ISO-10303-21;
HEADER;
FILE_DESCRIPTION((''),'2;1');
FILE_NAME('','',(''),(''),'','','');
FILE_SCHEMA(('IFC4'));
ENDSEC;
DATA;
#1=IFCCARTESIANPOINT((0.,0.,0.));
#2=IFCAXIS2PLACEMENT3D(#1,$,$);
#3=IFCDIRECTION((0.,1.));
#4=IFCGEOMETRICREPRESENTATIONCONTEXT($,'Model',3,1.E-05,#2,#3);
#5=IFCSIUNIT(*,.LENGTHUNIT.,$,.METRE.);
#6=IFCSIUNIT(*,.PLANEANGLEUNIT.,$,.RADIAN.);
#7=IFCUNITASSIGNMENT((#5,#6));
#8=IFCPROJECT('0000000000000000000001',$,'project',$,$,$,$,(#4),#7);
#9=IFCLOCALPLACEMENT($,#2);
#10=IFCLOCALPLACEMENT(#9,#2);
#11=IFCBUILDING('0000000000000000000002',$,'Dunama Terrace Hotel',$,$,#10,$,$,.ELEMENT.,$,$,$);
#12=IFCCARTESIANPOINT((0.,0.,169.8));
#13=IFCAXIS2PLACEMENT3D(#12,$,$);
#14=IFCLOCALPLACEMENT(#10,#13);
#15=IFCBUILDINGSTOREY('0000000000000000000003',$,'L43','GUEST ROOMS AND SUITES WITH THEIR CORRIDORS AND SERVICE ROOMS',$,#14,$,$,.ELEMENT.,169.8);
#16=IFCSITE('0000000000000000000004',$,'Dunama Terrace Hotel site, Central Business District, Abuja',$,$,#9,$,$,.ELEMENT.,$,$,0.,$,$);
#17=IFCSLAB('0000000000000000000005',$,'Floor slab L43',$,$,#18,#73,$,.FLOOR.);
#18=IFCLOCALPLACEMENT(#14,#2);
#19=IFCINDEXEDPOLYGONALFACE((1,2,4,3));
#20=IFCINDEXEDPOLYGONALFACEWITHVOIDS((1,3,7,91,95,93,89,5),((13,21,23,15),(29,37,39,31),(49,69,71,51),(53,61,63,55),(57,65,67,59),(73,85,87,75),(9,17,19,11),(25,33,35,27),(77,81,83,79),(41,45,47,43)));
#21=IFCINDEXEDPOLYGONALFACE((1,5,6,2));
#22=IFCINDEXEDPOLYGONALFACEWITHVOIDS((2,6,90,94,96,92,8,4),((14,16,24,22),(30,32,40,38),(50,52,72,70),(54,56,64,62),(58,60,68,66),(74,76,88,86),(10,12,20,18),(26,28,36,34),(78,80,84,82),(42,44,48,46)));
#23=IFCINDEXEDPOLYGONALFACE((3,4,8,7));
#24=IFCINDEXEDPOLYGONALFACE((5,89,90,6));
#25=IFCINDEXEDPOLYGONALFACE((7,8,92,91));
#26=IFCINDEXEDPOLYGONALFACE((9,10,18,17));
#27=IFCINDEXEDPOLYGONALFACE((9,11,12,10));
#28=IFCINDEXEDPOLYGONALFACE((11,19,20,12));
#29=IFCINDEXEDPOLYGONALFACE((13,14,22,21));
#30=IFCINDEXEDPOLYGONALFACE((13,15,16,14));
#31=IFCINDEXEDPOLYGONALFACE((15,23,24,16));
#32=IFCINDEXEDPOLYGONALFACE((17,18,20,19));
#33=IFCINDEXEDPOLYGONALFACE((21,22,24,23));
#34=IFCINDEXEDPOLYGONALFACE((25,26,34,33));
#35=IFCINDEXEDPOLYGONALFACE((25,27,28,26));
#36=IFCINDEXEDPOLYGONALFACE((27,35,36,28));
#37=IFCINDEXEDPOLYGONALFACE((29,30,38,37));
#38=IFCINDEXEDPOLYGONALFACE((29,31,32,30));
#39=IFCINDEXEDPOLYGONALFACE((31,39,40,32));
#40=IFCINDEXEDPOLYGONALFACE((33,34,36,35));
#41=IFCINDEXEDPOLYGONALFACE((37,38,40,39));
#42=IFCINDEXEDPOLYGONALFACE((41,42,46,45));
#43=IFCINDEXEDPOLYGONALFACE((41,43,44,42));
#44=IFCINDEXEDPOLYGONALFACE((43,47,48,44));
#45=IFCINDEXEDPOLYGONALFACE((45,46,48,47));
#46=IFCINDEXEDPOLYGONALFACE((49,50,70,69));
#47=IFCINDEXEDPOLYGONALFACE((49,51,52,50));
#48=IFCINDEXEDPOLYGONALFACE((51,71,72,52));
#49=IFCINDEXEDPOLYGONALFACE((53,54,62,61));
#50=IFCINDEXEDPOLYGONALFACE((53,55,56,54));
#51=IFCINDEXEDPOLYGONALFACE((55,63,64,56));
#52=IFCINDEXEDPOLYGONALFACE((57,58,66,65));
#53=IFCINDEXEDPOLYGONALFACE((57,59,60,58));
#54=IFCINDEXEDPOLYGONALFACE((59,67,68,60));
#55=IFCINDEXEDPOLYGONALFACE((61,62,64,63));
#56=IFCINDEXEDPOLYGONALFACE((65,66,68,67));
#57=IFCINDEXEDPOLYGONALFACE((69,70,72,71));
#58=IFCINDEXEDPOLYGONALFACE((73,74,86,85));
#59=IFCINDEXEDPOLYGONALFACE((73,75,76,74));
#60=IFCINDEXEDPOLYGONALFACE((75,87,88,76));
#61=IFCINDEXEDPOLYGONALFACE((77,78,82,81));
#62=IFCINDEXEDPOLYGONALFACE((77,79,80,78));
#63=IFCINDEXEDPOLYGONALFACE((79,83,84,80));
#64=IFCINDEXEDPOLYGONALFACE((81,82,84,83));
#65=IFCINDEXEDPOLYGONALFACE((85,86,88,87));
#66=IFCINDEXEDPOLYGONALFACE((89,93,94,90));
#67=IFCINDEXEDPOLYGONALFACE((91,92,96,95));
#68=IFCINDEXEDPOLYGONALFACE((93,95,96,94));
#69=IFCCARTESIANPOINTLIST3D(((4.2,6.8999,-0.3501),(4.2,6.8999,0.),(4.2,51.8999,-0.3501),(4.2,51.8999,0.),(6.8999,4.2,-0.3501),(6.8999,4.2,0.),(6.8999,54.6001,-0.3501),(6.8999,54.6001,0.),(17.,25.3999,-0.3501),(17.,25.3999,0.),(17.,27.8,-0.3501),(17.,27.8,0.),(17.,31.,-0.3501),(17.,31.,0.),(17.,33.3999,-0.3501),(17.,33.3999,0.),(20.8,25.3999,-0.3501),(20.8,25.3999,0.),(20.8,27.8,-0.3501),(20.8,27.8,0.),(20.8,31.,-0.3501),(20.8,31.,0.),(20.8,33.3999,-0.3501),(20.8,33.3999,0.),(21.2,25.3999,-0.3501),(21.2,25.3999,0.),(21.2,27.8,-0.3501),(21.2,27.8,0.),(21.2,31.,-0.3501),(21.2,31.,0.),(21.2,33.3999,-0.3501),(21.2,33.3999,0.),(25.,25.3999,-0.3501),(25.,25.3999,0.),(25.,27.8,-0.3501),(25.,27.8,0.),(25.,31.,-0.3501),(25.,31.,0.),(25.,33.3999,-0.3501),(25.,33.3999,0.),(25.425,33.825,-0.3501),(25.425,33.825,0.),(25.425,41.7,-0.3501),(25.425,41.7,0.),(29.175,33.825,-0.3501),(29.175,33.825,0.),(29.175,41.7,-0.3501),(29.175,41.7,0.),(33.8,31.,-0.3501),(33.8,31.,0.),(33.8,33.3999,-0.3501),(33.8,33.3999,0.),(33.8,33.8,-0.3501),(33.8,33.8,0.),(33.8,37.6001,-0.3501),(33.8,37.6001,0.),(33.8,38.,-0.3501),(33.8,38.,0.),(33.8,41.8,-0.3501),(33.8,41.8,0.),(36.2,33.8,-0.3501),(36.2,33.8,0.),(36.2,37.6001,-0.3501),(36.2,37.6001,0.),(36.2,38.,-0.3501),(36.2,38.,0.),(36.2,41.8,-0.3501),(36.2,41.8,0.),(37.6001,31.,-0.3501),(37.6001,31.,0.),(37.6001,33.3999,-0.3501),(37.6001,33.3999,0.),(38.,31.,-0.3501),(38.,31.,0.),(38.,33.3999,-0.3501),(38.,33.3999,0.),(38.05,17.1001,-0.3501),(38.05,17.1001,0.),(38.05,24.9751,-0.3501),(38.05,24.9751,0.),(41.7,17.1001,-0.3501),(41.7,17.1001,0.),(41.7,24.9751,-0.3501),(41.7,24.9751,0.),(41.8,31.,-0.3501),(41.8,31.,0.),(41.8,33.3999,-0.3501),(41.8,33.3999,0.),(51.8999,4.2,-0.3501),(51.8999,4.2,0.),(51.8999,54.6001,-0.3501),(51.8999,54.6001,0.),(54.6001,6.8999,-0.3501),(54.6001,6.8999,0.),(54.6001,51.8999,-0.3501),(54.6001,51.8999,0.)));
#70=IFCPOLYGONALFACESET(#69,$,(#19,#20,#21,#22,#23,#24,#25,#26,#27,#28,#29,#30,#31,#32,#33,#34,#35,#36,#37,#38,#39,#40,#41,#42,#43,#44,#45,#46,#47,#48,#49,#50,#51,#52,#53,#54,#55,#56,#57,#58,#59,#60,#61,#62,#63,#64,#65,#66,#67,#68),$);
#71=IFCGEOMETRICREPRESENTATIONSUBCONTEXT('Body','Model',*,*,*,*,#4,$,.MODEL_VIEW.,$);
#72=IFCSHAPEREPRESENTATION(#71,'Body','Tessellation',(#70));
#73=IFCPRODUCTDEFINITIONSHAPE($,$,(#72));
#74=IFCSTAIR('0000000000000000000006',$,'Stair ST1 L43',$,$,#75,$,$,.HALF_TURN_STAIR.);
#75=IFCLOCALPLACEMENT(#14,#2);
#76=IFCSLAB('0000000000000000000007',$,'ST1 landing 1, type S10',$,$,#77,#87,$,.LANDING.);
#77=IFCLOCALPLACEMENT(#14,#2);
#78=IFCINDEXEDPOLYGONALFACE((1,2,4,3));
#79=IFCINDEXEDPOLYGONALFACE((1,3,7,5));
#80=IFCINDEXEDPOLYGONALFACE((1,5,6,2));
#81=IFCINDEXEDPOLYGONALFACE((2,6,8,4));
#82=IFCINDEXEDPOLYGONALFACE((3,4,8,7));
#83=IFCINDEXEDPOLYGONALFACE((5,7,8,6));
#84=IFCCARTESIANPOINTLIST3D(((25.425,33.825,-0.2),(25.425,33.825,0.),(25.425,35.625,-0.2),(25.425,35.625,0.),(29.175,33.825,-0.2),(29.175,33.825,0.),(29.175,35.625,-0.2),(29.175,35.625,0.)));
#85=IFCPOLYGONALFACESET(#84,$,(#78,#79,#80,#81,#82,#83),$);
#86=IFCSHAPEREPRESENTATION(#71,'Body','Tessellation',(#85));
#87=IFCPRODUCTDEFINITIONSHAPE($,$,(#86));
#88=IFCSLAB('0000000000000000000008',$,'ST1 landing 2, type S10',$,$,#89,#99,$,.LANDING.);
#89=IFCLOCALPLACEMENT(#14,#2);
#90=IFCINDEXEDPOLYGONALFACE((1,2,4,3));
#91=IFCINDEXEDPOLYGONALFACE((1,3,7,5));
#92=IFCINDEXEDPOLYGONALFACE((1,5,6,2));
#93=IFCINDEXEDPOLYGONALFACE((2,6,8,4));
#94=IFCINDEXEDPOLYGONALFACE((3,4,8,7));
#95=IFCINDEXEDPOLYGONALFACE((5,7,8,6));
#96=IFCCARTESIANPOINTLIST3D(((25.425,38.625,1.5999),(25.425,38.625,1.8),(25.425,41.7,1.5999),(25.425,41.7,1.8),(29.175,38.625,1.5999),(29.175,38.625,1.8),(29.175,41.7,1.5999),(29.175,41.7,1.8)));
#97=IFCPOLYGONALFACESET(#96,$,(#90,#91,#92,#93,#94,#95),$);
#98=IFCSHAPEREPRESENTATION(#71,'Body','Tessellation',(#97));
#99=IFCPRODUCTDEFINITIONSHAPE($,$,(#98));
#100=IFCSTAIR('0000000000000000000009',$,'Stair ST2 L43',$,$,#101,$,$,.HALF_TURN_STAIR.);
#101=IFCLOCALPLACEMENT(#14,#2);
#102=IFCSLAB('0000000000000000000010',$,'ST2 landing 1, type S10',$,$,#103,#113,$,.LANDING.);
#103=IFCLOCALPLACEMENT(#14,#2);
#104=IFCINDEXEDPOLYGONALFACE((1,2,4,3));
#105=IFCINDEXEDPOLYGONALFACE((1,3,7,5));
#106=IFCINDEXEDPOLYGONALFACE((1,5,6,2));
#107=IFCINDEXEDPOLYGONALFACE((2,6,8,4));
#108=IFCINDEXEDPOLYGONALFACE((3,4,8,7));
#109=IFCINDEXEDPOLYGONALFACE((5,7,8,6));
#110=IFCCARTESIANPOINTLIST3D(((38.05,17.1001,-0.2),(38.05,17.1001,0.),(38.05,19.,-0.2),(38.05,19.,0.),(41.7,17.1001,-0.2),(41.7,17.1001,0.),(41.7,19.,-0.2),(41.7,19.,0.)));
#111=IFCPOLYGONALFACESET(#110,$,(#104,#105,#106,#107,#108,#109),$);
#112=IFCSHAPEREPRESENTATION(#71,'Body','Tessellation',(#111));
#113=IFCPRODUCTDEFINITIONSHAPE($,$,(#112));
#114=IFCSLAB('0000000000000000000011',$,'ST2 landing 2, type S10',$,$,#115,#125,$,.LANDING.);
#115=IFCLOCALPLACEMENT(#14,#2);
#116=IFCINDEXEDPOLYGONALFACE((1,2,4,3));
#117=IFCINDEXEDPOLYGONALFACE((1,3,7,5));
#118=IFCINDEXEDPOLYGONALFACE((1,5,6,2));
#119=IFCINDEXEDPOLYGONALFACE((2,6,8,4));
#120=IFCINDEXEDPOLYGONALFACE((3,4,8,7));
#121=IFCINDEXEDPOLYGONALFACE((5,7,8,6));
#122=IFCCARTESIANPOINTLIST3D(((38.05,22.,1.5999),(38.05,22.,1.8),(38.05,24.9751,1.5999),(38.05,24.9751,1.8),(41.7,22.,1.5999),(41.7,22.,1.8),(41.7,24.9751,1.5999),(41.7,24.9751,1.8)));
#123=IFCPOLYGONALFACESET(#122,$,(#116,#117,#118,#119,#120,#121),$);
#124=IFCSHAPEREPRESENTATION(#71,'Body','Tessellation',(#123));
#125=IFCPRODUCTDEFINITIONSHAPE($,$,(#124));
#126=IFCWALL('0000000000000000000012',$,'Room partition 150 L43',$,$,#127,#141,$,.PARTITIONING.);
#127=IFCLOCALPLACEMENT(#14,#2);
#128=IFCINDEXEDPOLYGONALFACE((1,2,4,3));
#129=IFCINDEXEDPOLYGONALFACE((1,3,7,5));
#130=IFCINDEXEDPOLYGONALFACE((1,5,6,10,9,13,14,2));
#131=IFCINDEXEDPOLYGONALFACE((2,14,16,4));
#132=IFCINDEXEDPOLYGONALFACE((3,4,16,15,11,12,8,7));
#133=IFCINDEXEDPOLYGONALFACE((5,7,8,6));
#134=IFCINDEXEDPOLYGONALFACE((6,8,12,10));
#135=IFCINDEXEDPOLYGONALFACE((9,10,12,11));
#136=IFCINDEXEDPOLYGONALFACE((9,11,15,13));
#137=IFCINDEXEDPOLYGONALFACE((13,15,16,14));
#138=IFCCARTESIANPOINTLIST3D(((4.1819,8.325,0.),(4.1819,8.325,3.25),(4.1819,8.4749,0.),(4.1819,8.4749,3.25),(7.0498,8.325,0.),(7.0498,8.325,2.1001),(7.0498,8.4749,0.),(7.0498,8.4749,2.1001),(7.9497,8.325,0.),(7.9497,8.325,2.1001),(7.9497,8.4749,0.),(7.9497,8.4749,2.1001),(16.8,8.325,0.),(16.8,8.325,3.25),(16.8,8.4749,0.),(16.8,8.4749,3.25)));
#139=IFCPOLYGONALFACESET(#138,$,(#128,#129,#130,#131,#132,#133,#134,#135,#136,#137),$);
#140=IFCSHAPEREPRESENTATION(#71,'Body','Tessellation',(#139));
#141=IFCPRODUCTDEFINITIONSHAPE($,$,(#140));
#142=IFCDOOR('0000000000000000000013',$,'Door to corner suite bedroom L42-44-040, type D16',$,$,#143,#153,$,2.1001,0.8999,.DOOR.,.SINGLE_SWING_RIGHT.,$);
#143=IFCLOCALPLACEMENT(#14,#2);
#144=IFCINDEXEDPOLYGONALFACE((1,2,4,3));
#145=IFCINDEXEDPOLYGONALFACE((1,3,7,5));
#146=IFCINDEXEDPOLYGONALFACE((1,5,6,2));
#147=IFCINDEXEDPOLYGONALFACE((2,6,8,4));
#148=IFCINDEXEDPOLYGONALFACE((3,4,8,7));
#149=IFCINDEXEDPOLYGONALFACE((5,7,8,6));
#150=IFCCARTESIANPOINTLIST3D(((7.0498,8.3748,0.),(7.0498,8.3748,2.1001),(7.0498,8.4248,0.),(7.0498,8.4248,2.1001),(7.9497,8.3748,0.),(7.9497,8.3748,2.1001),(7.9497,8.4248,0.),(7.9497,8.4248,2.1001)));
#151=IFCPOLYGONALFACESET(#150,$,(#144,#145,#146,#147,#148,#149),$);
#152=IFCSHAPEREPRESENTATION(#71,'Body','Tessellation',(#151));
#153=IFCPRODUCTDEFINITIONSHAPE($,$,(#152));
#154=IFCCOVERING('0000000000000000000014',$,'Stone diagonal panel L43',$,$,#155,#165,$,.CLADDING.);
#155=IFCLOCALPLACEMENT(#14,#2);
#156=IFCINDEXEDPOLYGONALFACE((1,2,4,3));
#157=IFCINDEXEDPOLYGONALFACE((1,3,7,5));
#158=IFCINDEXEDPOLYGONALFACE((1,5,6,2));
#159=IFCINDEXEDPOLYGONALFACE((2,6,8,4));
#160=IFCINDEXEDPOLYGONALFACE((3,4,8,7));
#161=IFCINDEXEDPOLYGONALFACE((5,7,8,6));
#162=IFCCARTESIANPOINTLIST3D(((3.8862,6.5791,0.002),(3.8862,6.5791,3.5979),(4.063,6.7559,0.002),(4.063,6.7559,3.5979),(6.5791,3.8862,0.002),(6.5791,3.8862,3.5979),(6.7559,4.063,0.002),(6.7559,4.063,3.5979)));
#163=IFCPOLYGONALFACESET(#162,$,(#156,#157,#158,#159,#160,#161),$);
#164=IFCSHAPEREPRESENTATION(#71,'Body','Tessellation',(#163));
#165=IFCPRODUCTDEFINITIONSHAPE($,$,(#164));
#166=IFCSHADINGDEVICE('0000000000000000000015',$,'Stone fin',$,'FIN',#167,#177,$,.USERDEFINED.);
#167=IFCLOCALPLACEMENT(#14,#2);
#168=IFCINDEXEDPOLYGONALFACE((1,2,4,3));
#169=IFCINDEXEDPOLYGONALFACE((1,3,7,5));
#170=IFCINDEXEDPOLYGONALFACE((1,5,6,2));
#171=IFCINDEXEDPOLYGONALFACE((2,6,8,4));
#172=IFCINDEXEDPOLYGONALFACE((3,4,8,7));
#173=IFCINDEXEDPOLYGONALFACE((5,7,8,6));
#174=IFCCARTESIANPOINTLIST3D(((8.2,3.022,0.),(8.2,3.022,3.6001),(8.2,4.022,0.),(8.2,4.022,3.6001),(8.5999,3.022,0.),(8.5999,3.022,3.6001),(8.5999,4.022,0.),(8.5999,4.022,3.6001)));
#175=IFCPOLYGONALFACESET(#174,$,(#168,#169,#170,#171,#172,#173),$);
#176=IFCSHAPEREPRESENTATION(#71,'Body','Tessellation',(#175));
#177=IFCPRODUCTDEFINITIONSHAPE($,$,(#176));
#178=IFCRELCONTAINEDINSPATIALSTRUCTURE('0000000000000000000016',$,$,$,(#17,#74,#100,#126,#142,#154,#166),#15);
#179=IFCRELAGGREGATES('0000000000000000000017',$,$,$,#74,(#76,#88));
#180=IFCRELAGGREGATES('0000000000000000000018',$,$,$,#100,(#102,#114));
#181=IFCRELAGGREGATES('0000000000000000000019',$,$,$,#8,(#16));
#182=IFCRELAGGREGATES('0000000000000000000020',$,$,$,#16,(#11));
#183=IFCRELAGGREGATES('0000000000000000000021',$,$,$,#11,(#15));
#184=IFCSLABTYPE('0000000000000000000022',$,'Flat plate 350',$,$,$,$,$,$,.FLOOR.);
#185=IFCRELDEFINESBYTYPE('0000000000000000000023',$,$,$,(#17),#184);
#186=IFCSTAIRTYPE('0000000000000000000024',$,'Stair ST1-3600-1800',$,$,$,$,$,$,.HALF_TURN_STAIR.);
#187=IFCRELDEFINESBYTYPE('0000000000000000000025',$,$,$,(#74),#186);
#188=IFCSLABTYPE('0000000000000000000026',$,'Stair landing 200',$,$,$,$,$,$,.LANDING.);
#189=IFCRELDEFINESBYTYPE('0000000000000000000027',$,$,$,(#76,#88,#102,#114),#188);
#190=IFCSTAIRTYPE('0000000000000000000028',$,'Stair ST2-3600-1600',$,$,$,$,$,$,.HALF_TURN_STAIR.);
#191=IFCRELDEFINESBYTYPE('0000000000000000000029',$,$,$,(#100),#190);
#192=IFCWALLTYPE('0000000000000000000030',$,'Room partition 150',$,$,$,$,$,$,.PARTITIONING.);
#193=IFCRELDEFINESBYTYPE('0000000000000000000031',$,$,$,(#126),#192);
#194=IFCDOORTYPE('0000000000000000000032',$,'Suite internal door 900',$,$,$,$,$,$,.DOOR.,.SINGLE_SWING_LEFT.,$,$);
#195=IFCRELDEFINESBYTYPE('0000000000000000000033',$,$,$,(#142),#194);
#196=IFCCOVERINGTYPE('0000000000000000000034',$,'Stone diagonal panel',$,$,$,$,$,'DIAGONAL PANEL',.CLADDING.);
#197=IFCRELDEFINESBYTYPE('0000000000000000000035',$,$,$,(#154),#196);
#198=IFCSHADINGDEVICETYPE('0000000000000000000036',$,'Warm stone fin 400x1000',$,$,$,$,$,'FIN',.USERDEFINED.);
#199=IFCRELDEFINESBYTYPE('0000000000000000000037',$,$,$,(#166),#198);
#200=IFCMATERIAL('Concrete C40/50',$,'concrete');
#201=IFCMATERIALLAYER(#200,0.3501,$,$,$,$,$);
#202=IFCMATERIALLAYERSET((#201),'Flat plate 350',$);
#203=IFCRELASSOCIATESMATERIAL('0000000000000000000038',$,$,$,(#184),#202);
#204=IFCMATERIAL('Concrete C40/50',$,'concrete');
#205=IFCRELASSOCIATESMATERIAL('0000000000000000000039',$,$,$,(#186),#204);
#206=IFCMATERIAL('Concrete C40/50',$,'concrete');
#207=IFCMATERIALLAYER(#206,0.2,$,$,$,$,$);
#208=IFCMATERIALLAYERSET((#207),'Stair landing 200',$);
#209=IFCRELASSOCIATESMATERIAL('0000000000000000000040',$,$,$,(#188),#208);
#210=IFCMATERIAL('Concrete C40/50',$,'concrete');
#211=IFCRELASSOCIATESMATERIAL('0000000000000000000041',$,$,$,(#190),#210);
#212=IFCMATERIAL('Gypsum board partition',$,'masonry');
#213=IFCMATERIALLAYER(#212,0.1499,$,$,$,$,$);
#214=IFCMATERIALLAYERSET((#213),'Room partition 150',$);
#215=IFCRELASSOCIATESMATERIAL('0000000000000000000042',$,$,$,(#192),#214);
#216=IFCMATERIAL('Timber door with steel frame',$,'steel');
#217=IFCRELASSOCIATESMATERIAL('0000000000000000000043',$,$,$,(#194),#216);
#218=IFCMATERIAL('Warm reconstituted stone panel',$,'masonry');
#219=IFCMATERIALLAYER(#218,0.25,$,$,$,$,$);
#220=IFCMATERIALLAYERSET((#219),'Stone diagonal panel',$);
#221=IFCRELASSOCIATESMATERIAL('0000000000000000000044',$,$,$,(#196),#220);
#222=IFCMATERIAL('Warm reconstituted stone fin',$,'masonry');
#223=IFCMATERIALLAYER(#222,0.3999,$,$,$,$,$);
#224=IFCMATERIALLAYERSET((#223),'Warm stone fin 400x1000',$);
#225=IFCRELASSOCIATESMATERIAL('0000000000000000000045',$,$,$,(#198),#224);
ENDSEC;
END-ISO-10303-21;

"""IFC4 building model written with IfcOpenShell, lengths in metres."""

from ifc_helpers import new_model, si_unit, direction, frame, frame_2d, origin, origin_2d, place, context, subcontext, project, spatial, polyline, rectangle, outline, extrude, material, layer, layer_set, type_object, element, fill, aggregate, save


model = new_model("IFC4")

# Units and contexts
model_context = context("Model", 3, precision=1e-05, world=origin(), true_north=direction((0.0, 1.0)))
body_context = subcontext(model_context, "Body", "Model", "MODEL_VIEW")
ifc_project = project(units=[si_unit("LENGTHUNIT", "METRE"), si_unit("PLANEANGLEUNIT", "RADIAN")], contexts=[model_context])

# Site, building, storey
site_placement = place(None, origin())
site = spatial("IfcSite", under=ifc_project, at=site_placement, Name="Dunama Terrace Hotel site, Central Business District, Abuja", CompositionType="ELEMENT", RefElevation=0.0)
building_placement = place(site_placement, origin())
building = spatial("IfcBuilding", under=site, at=building_placement, Name="Dunama Terrace Hotel", CompositionType="ELEMENT")
storey_placement = place(building_placement, frame((0.0, 0.0, 169.8)))
storey = spatial("IfcBuildingStorey", under=building, at=storey_placement, Name="L43", Description="GUEST ROOMS AND SUITES WITH THEIR CORRIDORS AND SERVICE ROOMS", CompositionType="ELEMENT", Elevation=169.8)

# Slab
ifc_material_1 = material(Name="Concrete C40/50", Category="concrete")
ifc_layer_1 = layer(ifc_material_1, 0.3501)
ifc_layer_set_1 = layer_set([ifc_layer_1], Name="Flat plate 350")
slab_type_1 = type_object("IfcSlabType", Name="Flat plate 350", PredefinedType="FLOOR", material=ifc_layer_set_1)
slab_1_placement = place(storey_placement, frame((0.0, 0.0, -0.3501)))
element("IfcSlab", 1, at=slab_1_placement, inside=storey, type_object=slab_type_1, Name="Floor slab L43", PredefinedType="FLOOR", context=body_context, shape_type="SweptSolid", body=[
    extrude(outline(polyline([(6.8999, 4.2), (51.8999, 4.2), (54.6001, 6.8999), (54.6001, 51.8999), (51.8999, 54.6001), (6.8999, 54.6001), (4.2, 51.8999), (4.2, 6.8999), (6.8999, 4.2)]), holes=[polyline([(20.8, 25.3999), (20.8, 27.8), (17.0, 27.8), (17.0, 25.3999), (20.8, 25.3999)]), polyline([(25.0, 25.3999), (25.0, 27.8), (21.2, 27.8), (21.2, 25.3999), (25.0, 25.3999)]), polyline([(20.8, 31.0), (20.8, 33.3999), (17.0, 33.3999), (17.0, 31.0), (20.8, 31.0)]), polyline([(25.0, 31.0), (25.0, 33.3999), (21.2, 33.3999), (21.2, 31.0), (25.0, 31.0)]), polyline([(37.6001, 31.0), (37.6001, 33.3999), (33.8, 33.3999), (33.8, 31.0), (37.6001, 31.0)]), polyline([(41.8, 31.0), (41.8, 33.3999), (38.0, 33.3999), (38.0, 31.0), (41.8, 31.0)]), polyline([(36.2, 38.0), (36.2, 41.8), (33.8, 41.8), (33.8, 38.0), (36.2, 38.0)]), polyline([(36.2, 33.8), (36.2, 37.6001), (33.8, 37.6001), (33.8, 33.8), (36.2, 33.8)]), polyline([(29.175, 33.825), (29.175, 41.7), (25.425, 41.7), (25.425, 33.825), (29.175, 33.825)]), polyline([(41.7, 17.1001), (41.7, 24.9751), (38.05, 24.9751), (38.05, 17.1001), (41.7, 17.1001)])]), origin(), (0.0, 0.0, 1.0), 0.3501),
])

# Stairs, slabs
ifc_material_2 = material(Name="Concrete C40/50", Category="concrete")
stair_type_1 = type_object("IfcStairType", Name="Stair ST1-3600-1800", PredefinedType="HALF_TURN_STAIR", material=ifc_material_2)
stair_1_placement = place(storey_placement, origin())
stair_1 = element("IfcStair", 2, at=stair_1_placement, inside=storey, type_object=stair_type_1, Name="Stair ST1 L43", PredefinedType="HALF_TURN_STAIR")
ifc_material_3 = material(Name="Concrete C40/50", Category="concrete")
ifc_layer_2 = layer(ifc_material_3, 0.2)
ifc_layer_set_2 = layer_set([ifc_layer_2], Name="Stair landing 200")
slab_type_2 = type_object("IfcSlabType", Name="Stair landing 200", PredefinedType="LANDING", material=ifc_layer_set_2)
slab_2_placement = place(storey_placement, frame((0.0, 0.0, -0.2)))
slab_2 = element("IfcSlab", 3, at=slab_2_placement, type_object=slab_type_2, Name="ST1 landing 1, type S10", PredefinedType="LANDING", context=body_context, shape_type="SweptSolid", body=[
    extrude(outline(polyline([(25.425, 33.825), (29.175, 33.825), (29.175, 35.625), (25.425, 35.625), (25.425, 33.825)])), origin(), (0.0, 0.0, 1.0), 0.2),
])
slab_3_placement = place(storey_placement, frame((0.0, 0.0, 1.5999)))
slab_3 = element("IfcSlab", 4, at=slab_3_placement, type_object=slab_type_2, Name="ST1 landing 2, type S10", PredefinedType="LANDING", context=body_context, shape_type="SweptSolid", body=[
    extrude(outline(polyline([(25.425, 38.625), (29.175, 38.625), (29.175, 41.7), (25.425, 41.7), (25.425, 38.625)])), origin(), (0.0, 0.0, 1.0), 0.2002),
])
aggregate(stair_1, [slab_2, slab_3])
ifc_material_4 = material(Name="Concrete C40/50", Category="concrete")
stair_type_2 = type_object("IfcStairType", Name="Stair ST2-3600-1600", PredefinedType="HALF_TURN_STAIR", material=ifc_material_4)
stair_2_placement = place(storey_placement, origin())
stair_2 = element("IfcStair", 5, at=stair_2_placement, inside=storey, type_object=stair_type_2, Name="Stair ST2 L43", PredefinedType="HALF_TURN_STAIR")
slab_4_placement = place(storey_placement, frame((0.0, 0.0, -0.2)))
slab_4 = element("IfcSlab", 6, at=slab_4_placement, type_object=slab_type_2, Name="ST2 landing 1, type S10", PredefinedType="LANDING", context=body_context, shape_type="SweptSolid", body=[
    extrude(outline(polyline([(38.05, 17.1001), (41.7, 17.1001), (41.7, 19.0), (38.05, 19.0), (38.05, 17.1001)])), origin(), (0.0, 0.0, 1.0), 0.2),
])
slab_5_placement = place(storey_placement, frame((0.0, 0.0, 1.5999)))
slab_5 = element("IfcSlab", 7, at=slab_5_placement, type_object=slab_type_2, Name="ST2 landing 2, type S10", PredefinedType="LANDING", context=body_context, shape_type="SweptSolid", body=[
    extrude(outline(polyline([(38.05, 22.0), (41.7, 22.0), (41.7, 24.9751), (38.05, 24.9751), (38.05, 22.0)])), origin(), (0.0, 0.0, 1.0), 0.2002),
])
aggregate(stair_2, [slab_4, slab_5])

# Wall, opening, door
ifc_material_5 = material(Name="Gypsum board partition", Category="masonry")
ifc_layer_3 = layer(ifc_material_5, 0.1499)
ifc_layer_set_3 = layer_set([ifc_layer_3], Name="Room partition 150")
wall_type = type_object("IfcWallType", Name="Room partition 150", PredefinedType="PARTITIONING", material=ifc_layer_set_3)
wall_placement = place(storey_placement, frame((4.1819, 8.3999, 0.0), z_axis=(0.0, 0.0, 1.0), x_axis=(1.0, 0.0, 0.0)))
wall = element("IfcWall", 8, at=wall_placement, inside=storey, type_object=wall_type, Name="Room partition 150 L43", PredefinedType="PARTITIONING", context=body_context, shape_type="SweptSolid", body=[
    extrude(rectangle(XDim=12.6182, YDim=0.1499, at=frame_2d((6.3091, 0.0))), origin(), (0.0, 0.0, 1.0), 3.25),
])
opening_placement = place(wall_placement, frame((2.8679, 0.0, 0.0)))
opening = element("IfcOpeningElement", 9, at=opening_placement, cuts=wall, PredefinedType="OPENING", context=body_context, shape_type="SweptSolid", body=[
    extrude(rectangle(XDim=0.8999, YDim=2.1001, at=frame_2d((0.45, 1.05))), frame((0.0, 0.085, 0.0), z_axis=(0.0, -1.0, 0.0), x_axis=(1.0, 0.0, 0.0)), (0.0, 0.0, 1.0), 0.1699),
])
ifc_material_6 = material(Name="Timber door with steel frame", Category="steel")
door_type = type_object("IfcDoorType", Name="Suite internal door 900", OperationType="SINGLE_SWING_LEFT", PredefinedType="DOOR", material=ifc_material_6)
door_placement = place(opening_placement, frame((0.8999, 0.0, 0.0), z_axis=(0.0, 0.0, 1.0), x_axis=(-1.0, 0.0, 0.0)))
door = element("IfcDoor", 10, at=door_placement, inside=storey, type_object=door_type, Name="Door to corner suite bedroom L42-44-040, type D16", OperationType="SINGLE_SWING_RIGHT", OverallHeight=2.1001, OverallWidth=0.8999, PredefinedType="DOOR", context=body_context, shape_type="SweptSolid", body=[
    extrude(rectangle(XDim=0.8999, YDim=2.1001, at=frame_2d((0.45, 1.05))), frame((0.0, 0.0251, 0.0), z_axis=(0.0, -1.0, 0.0), x_axis=(1.0, 0.0, 0.0)), (0.0, 0.0, 1.0), 0.05),
])
fill(opening, door)

# Covering
ifc_material_7 = material(Name="Warm reconstituted stone panel", Category="masonry")
ifc_layer_4 = layer(ifc_material_7, 0.25)
ifc_layer_set_4 = layer_set([ifc_layer_4], Name="Stone diagonal panel")
covering_type = type_object("IfcCoveringType", Name="Stone diagonal panel", ElementType="DIAGONAL PANEL", PredefinedType="CLADDING", material=ifc_layer_set_4)
covering_placement = place(storey_placement, frame((5.321, 5.321, 0.002), z_axis=(0.0, 0.0, 1.0), x_axis=(0.707107, -0.707107, 0.0)))
element("IfcCovering", 11, at=covering_placement, inside=storey, type_object=covering_type, Name="Stone diagonal panel L43", PredefinedType="CLADDING", context=body_context, shape_type="SweptSolid", body=[
    extrude(rectangle(XDim=3.8083, YDim=0.25, at=origin_2d()), origin(), (0.0, 0.0, 1.0), 3.5959),
])

# Shading device
ifc_material_8 = material(Name="Warm reconstituted stone fin", Category="masonry")
ifc_layer_5 = layer(ifc_material_8, 0.3999)
ifc_layer_set_5 = layer_set([ifc_layer_5], Name="Warm stone fin 400x1000")
shading_device_type = type_object("IfcShadingDeviceType", Name="Warm stone fin 400x1000", ElementType="FIN", PredefinedType="USERDEFINED", material=ifc_layer_set_5)
for number, where, z_axis, x_axis, name in (
    (12, (8.3999, 3.522, 0.0), (0.0, 0.0, 1.0), (1.0, 0.0, 0.0), "Stone fin"),
):
    element("IfcShadingDevice", number, at=place(storey_placement, frame(where, z_axis=z_axis, x_axis=x_axis)), inside=storey, type_object=shading_device_type, Name=name, ObjectType="FIN", PredefinedType="USERDEFINED", context=body_context, shape_type="SweptSolid", body=[
        extrude(rectangle(XDim=0.3999, YDim=1.0, at=origin_2d()), origin(), (0.0, 0.0, 1.0), 3.6001),
    ])

save(model, "model.ifc")
